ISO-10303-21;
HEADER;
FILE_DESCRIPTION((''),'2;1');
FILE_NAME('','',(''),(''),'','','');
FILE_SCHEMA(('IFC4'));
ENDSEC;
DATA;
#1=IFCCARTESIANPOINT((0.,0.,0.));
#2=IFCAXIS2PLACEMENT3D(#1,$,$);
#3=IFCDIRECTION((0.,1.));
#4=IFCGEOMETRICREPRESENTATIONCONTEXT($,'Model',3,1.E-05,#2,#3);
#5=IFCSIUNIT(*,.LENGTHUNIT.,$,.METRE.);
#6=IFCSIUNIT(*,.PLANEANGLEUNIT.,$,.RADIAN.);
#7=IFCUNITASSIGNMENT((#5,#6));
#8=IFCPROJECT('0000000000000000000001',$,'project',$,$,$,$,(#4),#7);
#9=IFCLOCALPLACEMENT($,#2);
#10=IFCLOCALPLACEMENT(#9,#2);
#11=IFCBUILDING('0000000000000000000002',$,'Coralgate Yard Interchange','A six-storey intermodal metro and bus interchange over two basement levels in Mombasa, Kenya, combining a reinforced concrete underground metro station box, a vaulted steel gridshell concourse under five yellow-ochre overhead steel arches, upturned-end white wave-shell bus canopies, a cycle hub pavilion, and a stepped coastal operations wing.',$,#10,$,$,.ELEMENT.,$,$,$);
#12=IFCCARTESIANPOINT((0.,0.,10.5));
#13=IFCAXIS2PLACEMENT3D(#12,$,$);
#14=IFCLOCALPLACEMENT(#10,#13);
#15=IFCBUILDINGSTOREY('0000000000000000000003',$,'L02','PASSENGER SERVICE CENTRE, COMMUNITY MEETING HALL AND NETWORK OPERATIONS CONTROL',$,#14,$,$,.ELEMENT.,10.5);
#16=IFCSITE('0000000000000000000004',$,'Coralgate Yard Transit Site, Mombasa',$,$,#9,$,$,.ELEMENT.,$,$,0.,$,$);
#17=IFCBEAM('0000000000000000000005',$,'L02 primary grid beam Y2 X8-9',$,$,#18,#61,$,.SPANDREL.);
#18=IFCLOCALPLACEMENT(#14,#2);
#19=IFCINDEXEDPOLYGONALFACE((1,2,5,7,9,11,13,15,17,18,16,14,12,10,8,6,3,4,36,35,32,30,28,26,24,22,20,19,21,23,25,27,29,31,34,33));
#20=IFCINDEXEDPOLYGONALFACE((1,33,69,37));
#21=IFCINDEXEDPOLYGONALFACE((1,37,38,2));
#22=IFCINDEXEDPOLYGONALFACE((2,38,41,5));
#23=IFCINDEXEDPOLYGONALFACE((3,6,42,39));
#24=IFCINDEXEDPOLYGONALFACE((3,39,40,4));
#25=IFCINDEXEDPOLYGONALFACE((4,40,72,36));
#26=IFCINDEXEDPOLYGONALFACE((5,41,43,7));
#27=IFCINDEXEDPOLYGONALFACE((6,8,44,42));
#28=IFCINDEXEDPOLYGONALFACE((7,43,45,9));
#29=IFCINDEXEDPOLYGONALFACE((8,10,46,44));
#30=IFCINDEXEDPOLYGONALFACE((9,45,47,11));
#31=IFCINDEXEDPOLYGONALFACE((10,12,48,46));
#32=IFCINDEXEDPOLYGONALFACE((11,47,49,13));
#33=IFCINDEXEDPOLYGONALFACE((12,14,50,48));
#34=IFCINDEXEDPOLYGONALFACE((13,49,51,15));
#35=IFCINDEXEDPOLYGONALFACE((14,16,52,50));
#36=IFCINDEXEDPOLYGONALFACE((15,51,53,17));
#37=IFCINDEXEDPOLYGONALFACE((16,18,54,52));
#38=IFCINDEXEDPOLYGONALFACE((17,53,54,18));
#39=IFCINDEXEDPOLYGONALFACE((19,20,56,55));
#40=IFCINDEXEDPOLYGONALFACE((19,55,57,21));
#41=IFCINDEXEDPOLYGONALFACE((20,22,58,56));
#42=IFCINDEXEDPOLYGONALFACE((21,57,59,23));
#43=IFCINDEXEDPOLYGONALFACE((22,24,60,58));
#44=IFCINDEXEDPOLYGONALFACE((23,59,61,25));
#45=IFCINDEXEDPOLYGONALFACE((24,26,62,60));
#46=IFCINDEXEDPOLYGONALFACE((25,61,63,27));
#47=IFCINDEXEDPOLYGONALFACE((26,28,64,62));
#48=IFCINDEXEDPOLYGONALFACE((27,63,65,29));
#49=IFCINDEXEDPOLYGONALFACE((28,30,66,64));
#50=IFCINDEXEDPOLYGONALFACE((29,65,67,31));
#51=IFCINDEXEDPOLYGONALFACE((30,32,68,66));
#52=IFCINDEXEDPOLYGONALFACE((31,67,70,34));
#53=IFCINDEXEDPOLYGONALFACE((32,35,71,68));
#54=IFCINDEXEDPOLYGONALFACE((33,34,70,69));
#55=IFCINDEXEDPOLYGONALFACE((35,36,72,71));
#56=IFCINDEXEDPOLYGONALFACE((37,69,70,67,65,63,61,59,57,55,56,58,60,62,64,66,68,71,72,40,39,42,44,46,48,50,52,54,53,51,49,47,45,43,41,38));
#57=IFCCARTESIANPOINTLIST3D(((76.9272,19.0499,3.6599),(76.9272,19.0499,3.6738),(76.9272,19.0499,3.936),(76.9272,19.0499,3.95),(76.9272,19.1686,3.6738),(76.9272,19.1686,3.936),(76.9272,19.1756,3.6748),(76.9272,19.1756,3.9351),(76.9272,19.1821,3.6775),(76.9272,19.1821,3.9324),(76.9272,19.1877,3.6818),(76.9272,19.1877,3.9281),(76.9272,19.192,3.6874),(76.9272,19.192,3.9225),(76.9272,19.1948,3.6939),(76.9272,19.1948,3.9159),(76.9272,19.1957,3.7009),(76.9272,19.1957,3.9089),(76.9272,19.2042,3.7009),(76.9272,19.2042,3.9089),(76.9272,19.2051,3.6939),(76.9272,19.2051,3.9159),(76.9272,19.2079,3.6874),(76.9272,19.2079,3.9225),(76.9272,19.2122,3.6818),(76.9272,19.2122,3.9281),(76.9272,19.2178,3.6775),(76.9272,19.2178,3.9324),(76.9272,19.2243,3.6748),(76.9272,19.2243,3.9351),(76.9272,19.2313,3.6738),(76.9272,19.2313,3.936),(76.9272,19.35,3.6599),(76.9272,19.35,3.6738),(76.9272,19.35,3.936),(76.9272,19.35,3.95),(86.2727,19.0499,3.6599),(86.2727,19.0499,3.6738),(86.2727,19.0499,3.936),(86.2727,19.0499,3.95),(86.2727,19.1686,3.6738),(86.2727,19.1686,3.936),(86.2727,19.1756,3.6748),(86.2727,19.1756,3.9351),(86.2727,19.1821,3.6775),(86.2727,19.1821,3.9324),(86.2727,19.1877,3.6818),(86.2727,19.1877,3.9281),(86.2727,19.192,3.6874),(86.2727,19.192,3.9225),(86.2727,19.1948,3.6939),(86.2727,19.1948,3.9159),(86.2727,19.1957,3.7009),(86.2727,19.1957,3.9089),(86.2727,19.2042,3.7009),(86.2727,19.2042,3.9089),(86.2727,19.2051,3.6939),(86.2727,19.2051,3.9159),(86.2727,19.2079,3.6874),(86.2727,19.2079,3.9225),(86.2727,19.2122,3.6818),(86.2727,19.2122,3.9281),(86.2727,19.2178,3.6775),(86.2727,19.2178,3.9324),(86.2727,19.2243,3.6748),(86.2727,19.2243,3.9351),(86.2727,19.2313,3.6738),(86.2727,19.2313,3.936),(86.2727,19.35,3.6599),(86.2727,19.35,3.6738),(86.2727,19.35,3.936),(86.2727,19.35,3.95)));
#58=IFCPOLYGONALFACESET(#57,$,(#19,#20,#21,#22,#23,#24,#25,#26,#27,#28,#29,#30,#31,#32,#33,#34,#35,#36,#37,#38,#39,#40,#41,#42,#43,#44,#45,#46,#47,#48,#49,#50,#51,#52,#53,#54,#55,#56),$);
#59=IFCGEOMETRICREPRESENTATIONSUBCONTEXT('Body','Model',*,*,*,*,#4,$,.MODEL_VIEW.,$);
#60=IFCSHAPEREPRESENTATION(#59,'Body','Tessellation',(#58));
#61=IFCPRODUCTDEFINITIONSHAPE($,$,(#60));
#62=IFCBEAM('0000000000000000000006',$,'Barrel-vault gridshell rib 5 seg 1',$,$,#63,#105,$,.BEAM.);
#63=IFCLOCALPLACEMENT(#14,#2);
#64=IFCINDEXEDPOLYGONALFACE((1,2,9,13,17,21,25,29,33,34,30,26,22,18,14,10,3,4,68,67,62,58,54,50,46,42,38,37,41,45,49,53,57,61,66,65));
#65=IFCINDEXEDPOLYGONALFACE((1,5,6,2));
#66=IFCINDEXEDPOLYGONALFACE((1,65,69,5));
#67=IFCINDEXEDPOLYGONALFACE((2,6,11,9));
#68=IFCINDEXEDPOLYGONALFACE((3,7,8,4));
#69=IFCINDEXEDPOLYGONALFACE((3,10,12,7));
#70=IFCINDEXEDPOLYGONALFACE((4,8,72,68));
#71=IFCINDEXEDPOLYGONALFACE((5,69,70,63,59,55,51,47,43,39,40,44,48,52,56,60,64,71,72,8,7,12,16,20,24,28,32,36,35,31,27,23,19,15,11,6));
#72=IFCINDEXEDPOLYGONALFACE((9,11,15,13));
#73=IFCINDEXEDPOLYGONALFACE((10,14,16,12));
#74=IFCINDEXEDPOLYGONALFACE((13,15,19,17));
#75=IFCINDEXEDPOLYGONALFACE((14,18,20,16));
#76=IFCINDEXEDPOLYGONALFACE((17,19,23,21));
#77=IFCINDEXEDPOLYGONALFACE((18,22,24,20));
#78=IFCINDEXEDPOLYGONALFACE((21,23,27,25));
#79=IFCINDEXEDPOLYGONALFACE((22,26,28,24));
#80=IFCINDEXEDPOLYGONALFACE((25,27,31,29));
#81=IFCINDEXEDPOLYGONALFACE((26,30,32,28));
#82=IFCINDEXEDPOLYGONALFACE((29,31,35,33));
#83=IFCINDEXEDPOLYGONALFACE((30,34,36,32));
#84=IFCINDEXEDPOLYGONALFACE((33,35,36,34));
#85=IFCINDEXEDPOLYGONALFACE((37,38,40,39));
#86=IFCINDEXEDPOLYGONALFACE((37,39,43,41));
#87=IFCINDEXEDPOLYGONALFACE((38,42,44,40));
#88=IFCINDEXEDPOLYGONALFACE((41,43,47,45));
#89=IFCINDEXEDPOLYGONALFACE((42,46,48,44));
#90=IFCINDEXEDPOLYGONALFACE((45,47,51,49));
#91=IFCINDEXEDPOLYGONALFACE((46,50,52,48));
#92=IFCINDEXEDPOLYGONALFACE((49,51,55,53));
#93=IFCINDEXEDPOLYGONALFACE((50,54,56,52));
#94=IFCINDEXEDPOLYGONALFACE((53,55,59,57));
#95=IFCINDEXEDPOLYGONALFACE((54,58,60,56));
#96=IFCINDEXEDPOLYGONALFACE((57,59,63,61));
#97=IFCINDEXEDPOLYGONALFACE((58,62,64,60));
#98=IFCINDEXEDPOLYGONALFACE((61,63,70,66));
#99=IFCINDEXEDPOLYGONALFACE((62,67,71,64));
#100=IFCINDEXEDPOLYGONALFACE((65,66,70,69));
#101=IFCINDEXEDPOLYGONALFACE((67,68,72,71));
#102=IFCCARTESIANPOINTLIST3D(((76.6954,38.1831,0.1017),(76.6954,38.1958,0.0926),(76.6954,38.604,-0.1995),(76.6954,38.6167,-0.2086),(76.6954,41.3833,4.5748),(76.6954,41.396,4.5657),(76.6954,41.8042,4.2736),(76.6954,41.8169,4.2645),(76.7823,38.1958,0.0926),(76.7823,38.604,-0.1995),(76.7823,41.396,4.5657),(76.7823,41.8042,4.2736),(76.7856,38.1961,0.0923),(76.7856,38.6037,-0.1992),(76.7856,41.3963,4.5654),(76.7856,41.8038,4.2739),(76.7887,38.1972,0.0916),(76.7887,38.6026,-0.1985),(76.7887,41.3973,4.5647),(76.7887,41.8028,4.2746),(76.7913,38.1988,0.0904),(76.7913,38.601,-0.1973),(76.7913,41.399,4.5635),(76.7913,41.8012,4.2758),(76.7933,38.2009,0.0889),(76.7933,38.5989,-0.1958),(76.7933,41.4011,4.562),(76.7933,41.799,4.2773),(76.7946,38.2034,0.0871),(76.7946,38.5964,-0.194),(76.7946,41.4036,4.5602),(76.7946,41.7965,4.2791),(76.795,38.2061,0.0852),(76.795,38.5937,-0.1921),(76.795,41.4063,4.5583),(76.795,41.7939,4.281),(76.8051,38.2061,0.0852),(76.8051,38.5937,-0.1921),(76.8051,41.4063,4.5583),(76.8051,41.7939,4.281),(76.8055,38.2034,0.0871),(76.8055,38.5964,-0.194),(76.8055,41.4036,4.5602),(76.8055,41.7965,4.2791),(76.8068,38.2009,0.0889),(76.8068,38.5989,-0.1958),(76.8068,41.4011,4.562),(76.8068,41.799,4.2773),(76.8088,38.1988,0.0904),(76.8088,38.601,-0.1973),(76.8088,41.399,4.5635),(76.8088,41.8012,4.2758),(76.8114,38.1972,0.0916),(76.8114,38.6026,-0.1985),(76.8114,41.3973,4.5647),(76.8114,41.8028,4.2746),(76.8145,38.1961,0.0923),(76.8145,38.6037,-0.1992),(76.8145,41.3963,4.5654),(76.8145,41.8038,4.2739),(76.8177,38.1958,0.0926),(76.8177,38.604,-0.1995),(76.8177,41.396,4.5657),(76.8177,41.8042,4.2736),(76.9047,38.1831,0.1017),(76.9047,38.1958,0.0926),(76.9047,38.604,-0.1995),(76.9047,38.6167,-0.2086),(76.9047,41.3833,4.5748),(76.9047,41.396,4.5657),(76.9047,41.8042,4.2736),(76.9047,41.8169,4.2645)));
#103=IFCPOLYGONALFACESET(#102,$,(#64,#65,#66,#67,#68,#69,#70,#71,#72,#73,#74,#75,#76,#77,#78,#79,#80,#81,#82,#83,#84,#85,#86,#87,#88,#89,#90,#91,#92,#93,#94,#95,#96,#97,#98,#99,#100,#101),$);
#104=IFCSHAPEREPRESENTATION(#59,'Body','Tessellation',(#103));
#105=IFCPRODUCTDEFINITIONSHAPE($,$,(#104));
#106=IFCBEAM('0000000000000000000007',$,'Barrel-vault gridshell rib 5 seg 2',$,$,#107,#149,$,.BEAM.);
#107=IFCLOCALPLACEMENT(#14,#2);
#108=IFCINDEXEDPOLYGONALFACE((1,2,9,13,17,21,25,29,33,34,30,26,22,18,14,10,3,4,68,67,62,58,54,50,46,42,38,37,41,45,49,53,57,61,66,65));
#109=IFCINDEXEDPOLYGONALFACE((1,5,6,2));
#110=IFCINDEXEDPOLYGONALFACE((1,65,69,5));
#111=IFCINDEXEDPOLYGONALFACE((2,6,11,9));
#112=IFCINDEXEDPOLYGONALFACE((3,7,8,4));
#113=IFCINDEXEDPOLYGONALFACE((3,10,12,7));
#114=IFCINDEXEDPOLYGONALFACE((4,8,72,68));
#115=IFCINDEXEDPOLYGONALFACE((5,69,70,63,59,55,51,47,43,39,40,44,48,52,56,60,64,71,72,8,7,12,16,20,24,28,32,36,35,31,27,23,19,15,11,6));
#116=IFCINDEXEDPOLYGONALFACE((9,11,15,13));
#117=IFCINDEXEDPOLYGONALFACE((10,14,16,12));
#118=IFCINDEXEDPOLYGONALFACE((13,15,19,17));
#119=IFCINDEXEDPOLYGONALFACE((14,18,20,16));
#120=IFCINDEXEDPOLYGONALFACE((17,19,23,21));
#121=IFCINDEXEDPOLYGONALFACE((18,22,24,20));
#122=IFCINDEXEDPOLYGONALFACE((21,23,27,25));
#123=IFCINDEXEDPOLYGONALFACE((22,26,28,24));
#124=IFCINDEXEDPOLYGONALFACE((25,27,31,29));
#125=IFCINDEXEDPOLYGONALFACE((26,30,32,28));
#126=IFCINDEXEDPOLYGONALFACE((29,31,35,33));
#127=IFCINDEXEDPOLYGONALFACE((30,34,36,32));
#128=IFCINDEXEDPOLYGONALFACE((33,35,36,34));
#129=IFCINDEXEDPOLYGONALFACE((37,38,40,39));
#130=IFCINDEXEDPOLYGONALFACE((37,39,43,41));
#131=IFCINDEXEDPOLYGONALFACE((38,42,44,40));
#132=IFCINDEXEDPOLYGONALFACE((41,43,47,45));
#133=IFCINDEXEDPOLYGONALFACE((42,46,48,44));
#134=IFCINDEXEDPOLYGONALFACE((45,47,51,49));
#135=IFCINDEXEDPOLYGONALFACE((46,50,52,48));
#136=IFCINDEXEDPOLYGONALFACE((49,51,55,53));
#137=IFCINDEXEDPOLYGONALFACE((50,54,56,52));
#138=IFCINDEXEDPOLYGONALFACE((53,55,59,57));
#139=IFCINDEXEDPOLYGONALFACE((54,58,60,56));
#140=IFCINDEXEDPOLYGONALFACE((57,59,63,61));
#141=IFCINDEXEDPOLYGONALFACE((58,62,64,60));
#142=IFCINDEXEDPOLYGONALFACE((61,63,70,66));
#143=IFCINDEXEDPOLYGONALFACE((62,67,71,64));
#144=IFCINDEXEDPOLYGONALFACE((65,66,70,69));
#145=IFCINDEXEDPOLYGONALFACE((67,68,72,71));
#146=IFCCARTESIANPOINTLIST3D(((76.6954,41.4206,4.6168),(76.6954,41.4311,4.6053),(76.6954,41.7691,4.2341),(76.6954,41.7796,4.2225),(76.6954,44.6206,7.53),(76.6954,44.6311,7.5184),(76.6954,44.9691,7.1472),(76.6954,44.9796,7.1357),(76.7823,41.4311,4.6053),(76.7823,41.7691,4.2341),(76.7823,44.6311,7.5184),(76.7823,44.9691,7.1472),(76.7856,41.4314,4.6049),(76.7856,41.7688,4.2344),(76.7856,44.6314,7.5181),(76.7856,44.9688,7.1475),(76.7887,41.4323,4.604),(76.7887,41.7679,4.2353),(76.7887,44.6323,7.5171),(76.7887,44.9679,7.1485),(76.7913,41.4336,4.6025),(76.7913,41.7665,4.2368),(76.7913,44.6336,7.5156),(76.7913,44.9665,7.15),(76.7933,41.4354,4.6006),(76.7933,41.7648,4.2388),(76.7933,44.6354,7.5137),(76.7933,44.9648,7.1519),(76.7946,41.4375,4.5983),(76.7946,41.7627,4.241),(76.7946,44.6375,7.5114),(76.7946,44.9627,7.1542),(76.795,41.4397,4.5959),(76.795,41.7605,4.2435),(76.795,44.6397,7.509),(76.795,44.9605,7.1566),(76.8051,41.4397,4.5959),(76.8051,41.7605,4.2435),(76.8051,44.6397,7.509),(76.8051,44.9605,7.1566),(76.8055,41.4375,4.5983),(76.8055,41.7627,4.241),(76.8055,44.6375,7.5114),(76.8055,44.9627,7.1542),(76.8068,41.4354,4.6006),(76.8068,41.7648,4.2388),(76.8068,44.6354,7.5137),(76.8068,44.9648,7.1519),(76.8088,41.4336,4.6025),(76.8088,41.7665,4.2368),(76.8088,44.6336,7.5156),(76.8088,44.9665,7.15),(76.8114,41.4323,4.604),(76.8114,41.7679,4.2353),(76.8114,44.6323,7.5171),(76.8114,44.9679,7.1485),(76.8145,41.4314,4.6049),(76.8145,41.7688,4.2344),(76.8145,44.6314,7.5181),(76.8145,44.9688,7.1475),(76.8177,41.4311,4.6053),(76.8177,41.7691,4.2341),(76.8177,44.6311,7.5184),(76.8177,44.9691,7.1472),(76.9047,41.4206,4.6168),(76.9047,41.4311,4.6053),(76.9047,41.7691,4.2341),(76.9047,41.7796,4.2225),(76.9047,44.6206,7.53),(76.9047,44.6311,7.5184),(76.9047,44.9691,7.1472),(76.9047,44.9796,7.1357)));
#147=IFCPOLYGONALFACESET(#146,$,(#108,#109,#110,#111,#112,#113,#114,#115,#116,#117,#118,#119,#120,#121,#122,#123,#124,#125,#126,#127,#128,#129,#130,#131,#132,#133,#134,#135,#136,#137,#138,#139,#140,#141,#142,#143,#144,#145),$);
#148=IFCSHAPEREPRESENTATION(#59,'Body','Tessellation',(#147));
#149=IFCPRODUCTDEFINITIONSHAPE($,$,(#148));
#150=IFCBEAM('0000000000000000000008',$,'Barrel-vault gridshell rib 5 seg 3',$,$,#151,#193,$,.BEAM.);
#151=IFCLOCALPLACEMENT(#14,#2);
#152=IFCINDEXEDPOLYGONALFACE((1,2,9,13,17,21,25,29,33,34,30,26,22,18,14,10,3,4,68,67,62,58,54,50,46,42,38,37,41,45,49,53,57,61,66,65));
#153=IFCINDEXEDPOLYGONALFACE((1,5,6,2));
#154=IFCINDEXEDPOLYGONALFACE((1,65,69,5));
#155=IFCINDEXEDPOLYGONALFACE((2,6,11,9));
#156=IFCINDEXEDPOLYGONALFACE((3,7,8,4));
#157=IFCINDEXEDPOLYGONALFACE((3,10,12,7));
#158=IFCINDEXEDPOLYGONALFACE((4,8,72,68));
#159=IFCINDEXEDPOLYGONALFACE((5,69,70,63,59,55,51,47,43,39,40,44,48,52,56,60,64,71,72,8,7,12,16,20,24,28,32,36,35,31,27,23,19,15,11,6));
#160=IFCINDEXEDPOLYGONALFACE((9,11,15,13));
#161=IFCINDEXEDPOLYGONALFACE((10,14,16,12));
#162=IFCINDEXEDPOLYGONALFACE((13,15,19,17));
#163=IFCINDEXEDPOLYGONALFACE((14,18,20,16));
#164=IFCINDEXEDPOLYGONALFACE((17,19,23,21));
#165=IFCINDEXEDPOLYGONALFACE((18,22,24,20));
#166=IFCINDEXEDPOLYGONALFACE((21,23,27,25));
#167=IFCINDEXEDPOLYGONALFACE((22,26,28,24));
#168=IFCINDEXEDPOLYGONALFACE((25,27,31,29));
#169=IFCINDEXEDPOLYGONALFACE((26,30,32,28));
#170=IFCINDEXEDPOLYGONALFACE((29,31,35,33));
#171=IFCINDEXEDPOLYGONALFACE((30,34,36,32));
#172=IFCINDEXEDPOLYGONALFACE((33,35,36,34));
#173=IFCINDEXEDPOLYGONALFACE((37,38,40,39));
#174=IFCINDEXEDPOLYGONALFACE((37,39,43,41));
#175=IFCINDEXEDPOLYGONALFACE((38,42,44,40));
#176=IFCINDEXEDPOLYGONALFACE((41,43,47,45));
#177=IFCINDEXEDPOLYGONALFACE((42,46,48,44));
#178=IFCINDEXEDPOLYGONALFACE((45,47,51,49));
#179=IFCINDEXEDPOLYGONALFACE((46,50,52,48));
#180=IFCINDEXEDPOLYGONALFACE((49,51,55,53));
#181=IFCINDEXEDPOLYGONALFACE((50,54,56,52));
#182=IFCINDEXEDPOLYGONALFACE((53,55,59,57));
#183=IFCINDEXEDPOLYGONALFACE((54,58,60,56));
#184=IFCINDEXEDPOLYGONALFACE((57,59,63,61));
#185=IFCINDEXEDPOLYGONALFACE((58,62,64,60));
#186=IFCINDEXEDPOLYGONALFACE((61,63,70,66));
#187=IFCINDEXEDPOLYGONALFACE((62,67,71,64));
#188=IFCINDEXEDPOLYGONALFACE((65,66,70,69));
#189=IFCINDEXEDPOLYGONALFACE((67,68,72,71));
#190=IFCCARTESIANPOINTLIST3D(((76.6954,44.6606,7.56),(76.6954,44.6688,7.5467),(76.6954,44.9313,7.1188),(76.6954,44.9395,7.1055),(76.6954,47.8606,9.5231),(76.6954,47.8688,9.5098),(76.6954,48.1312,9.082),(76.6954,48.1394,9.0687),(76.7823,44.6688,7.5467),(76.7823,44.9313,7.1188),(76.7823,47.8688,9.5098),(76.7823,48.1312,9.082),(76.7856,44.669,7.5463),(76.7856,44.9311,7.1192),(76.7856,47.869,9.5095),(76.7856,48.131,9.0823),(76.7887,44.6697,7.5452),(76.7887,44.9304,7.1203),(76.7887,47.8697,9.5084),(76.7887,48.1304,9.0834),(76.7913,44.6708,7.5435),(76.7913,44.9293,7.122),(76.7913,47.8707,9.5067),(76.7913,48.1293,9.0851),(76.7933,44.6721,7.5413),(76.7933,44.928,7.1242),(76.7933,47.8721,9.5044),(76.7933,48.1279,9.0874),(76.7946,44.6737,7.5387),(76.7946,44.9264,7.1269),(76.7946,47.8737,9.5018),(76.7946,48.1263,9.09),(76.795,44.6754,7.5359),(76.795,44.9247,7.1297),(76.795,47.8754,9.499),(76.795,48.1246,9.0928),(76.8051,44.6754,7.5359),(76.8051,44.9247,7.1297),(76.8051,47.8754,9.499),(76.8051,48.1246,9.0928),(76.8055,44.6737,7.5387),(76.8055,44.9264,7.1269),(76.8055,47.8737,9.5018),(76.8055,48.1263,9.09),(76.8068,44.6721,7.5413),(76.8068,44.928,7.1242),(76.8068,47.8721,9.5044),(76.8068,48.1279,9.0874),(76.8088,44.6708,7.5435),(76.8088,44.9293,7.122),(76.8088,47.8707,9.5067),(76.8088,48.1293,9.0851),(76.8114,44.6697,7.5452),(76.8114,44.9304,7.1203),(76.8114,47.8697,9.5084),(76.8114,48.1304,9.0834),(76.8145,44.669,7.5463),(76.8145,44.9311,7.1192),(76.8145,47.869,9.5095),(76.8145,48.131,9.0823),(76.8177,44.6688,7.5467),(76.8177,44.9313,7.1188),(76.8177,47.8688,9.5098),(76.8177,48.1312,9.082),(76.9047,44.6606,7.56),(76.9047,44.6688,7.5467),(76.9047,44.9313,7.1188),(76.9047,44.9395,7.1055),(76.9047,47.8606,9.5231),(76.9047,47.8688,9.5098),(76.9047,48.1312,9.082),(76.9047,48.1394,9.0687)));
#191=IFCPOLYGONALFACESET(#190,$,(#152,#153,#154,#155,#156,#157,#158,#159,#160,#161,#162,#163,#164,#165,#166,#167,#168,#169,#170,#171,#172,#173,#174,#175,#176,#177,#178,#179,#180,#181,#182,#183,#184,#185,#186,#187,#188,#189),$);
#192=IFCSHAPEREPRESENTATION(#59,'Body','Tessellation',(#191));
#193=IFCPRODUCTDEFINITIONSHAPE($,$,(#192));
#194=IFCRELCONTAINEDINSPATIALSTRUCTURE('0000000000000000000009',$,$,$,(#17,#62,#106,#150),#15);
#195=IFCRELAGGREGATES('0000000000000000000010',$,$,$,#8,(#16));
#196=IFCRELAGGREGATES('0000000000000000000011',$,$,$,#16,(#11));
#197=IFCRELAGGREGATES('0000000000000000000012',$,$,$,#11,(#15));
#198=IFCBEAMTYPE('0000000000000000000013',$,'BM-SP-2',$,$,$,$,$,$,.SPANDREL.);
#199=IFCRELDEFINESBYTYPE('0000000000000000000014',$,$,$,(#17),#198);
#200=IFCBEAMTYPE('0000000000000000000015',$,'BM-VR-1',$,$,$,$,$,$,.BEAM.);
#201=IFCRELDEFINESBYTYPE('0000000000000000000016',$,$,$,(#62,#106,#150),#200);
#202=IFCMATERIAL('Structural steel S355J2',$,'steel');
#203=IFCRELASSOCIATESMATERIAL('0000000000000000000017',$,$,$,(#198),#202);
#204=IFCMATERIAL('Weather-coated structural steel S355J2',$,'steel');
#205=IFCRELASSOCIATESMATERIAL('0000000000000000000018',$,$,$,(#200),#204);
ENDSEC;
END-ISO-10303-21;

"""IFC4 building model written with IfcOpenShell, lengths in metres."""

from ifc_helpers import new_model, si_unit, direction, frame, origin, origin_2d, place, context, subcontext, project, spatial, i_section, extrude, material, material_profile, profile_set, type_object, element, save


model = new_model("IFC4")

# Units and contexts
model_context = context("Model", 3, precision=1e-05, world=origin(), true_north=direction((0.0, 1.0)))
body_context = subcontext(model_context, "Body", "Model", "MODEL_VIEW")
ifc_project = project(units=[si_unit("LENGTHUNIT", "METRE"), si_unit("PLANEANGLEUNIT", "RADIAN")], contexts=[model_context])

# Site, building, storey
site_placement = place(None, origin())
site = spatial("IfcSite", under=ifc_project, at=site_placement, Name="Coralgate Yard Transit Site, Mombasa", CompositionType="ELEMENT", RefElevation=0.0)
building_placement = place(site_placement, origin())
building = spatial("IfcBuilding", under=site, at=building_placement, Name="Coralgate Yard Interchange", Description="A six-storey intermodal metro and bus interchange over two basement levels in Mombasa, Kenya, combining a reinforced concrete underground metro station box, a vaulted steel gridshell concourse under five yellow-ochre overhead steel arches, upturned-end white wave-shell bus canopies, a cycle hub pavilion, and a stepped coastal operations wing.", CompositionType="ELEMENT")
storey_placement = place(building_placement, frame((0.0, 0.0, 10.5)))
storey = spatial("IfcBuildingStorey", under=building, at=storey_placement, Name="L02", Description="PASSENGER SERVICE CENTRE, COMMUNITY MEETING HALL AND NETWORK OPERATIONS CONTROL", CompositionType="ELEMENT", Elevation=10.5)

# Beams
ifc_material_1 = material(Name="Structural steel S355J2", Category="steel")
ifc_material_profile_1 = material_profile(ifc_material_1, i_section(OverallWidth=0.3, OverallDepth=0.29, WebThickness=0.0085, FlangeThickness=0.0139, FilletRadius=0.0271, at=origin_2d()), Name="HEA 300")
ifc_profile_set_1 = profile_set([ifc_material_profile_1], Name="Structural steel S355J2")
beam_type_1 = type_object("IfcBeamType", Name="BM-SP-2", PredefinedType="SPANDREL", material=ifc_profile_set_1)
beam_1_placement = place(storey_placement, frame((76.9272, 19.2, 3.8049), z_axis=(1.0, 0.0, 0.0), x_axis=(0.0, 1.0, 0.0)))
element("IfcBeam", 1, at=beam_1_placement, inside=storey, type_object=beam_type_1, Name="L02 primary grid beam Y2 X8-9", PredefinedType="SPANDREL", context=body_context, shape_type="SweptSolid", body=[
    extrude(i_section(OverallWidth=0.3, OverallDepth=0.29, WebThickness=0.0085, FlangeThickness=0.0139, FilletRadius=0.0271, at=origin_2d()), origin(), (0.0, 0.0, 1.0), 9.3455),
])
ifc_material_2 = material(Name="Weather-coated structural steel S355J2", Category="steel")
ifc_material_profile_2 = material_profile(ifc_material_2, i_section(OverallWidth=0.2092, OverallDepth=0.5332, WebThickness=0.01, FlangeThickness=0.0156, FilletRadius=0.0127, at=origin_2d()), Name="UB 533x210x92")
ifc_profile_set_2 = profile_set([ifc_material_profile_2], Name="Weather-coated structural steel S355J2")
beam_type_2 = type_object("IfcBeamType", Name="BM-VR-1", PredefinedType="BEAM", material=ifc_profile_set_2)
beam_2_placement = place(storey_placement, frame((76.8, 38.3999, -0.0535), z_axis=(0.0, 0.581851, 0.813295), x_axis=(-1.0, 0.0, 0.0)))
element("IfcBeam", 2, at=beam_2_placement, inside=storey, type_object=beam_type_2, Name="Barrel-vault gridshell rib 5 seg 1", PredefinedType="BEAM", context=body_context, shape_type="SweptSolid", body=[
    extrude(i_section(OverallWidth=0.2092, OverallDepth=0.5332, WebThickness=0.01, FlangeThickness=0.0156, FilletRadius=0.0127, at=origin_2d()), origin(), (0.0, 0.0, 1.0), 5.5),
])
beam_3_placement = place(storey_placement, frame((76.8, 41.6001, 4.4197), z_axis=(0.0, 0.739475, 0.673184), x_axis=(-1.0, 0.0, 0.0)))
element("IfcBeam", 3, at=beam_3_placement, inside=storey, type_object=beam_type_2, Name="Barrel-vault gridshell rib 5 seg 2", PredefinedType="BEAM", context=body_context, shape_type="SweptSolid", body=[
    extrude(i_section(OverallWidth=0.2092, OverallDepth=0.5332, WebThickness=0.01, FlangeThickness=0.0156, FilletRadius=0.0127, at=origin_2d()), origin(), (0.0, 0.0, 1.0), 4.3274),
])
beam_4_placement = place(storey_placement, frame((76.8, 44.8, 7.3328), z_axis=(0.0, 0.852379, 0.522925), x_axis=(-1.0, 0.0, 0.0)))
element("IfcBeam", 4, at=beam_4_placement, inside=storey, type_object=beam_type_2, Name="Barrel-vault gridshell rib 5 seg 3", PredefinedType="BEAM", context=body_context, shape_type="SweptSolid", body=[
    extrude(i_section(OverallWidth=0.2092, OverallDepth=0.5332, WebThickness=0.01, FlangeThickness=0.0156, FilletRadius=0.0127, at=origin_2d()), origin(), (0.0, 0.0, 1.0), 3.7542),
])

save(model, "model.ifc")
